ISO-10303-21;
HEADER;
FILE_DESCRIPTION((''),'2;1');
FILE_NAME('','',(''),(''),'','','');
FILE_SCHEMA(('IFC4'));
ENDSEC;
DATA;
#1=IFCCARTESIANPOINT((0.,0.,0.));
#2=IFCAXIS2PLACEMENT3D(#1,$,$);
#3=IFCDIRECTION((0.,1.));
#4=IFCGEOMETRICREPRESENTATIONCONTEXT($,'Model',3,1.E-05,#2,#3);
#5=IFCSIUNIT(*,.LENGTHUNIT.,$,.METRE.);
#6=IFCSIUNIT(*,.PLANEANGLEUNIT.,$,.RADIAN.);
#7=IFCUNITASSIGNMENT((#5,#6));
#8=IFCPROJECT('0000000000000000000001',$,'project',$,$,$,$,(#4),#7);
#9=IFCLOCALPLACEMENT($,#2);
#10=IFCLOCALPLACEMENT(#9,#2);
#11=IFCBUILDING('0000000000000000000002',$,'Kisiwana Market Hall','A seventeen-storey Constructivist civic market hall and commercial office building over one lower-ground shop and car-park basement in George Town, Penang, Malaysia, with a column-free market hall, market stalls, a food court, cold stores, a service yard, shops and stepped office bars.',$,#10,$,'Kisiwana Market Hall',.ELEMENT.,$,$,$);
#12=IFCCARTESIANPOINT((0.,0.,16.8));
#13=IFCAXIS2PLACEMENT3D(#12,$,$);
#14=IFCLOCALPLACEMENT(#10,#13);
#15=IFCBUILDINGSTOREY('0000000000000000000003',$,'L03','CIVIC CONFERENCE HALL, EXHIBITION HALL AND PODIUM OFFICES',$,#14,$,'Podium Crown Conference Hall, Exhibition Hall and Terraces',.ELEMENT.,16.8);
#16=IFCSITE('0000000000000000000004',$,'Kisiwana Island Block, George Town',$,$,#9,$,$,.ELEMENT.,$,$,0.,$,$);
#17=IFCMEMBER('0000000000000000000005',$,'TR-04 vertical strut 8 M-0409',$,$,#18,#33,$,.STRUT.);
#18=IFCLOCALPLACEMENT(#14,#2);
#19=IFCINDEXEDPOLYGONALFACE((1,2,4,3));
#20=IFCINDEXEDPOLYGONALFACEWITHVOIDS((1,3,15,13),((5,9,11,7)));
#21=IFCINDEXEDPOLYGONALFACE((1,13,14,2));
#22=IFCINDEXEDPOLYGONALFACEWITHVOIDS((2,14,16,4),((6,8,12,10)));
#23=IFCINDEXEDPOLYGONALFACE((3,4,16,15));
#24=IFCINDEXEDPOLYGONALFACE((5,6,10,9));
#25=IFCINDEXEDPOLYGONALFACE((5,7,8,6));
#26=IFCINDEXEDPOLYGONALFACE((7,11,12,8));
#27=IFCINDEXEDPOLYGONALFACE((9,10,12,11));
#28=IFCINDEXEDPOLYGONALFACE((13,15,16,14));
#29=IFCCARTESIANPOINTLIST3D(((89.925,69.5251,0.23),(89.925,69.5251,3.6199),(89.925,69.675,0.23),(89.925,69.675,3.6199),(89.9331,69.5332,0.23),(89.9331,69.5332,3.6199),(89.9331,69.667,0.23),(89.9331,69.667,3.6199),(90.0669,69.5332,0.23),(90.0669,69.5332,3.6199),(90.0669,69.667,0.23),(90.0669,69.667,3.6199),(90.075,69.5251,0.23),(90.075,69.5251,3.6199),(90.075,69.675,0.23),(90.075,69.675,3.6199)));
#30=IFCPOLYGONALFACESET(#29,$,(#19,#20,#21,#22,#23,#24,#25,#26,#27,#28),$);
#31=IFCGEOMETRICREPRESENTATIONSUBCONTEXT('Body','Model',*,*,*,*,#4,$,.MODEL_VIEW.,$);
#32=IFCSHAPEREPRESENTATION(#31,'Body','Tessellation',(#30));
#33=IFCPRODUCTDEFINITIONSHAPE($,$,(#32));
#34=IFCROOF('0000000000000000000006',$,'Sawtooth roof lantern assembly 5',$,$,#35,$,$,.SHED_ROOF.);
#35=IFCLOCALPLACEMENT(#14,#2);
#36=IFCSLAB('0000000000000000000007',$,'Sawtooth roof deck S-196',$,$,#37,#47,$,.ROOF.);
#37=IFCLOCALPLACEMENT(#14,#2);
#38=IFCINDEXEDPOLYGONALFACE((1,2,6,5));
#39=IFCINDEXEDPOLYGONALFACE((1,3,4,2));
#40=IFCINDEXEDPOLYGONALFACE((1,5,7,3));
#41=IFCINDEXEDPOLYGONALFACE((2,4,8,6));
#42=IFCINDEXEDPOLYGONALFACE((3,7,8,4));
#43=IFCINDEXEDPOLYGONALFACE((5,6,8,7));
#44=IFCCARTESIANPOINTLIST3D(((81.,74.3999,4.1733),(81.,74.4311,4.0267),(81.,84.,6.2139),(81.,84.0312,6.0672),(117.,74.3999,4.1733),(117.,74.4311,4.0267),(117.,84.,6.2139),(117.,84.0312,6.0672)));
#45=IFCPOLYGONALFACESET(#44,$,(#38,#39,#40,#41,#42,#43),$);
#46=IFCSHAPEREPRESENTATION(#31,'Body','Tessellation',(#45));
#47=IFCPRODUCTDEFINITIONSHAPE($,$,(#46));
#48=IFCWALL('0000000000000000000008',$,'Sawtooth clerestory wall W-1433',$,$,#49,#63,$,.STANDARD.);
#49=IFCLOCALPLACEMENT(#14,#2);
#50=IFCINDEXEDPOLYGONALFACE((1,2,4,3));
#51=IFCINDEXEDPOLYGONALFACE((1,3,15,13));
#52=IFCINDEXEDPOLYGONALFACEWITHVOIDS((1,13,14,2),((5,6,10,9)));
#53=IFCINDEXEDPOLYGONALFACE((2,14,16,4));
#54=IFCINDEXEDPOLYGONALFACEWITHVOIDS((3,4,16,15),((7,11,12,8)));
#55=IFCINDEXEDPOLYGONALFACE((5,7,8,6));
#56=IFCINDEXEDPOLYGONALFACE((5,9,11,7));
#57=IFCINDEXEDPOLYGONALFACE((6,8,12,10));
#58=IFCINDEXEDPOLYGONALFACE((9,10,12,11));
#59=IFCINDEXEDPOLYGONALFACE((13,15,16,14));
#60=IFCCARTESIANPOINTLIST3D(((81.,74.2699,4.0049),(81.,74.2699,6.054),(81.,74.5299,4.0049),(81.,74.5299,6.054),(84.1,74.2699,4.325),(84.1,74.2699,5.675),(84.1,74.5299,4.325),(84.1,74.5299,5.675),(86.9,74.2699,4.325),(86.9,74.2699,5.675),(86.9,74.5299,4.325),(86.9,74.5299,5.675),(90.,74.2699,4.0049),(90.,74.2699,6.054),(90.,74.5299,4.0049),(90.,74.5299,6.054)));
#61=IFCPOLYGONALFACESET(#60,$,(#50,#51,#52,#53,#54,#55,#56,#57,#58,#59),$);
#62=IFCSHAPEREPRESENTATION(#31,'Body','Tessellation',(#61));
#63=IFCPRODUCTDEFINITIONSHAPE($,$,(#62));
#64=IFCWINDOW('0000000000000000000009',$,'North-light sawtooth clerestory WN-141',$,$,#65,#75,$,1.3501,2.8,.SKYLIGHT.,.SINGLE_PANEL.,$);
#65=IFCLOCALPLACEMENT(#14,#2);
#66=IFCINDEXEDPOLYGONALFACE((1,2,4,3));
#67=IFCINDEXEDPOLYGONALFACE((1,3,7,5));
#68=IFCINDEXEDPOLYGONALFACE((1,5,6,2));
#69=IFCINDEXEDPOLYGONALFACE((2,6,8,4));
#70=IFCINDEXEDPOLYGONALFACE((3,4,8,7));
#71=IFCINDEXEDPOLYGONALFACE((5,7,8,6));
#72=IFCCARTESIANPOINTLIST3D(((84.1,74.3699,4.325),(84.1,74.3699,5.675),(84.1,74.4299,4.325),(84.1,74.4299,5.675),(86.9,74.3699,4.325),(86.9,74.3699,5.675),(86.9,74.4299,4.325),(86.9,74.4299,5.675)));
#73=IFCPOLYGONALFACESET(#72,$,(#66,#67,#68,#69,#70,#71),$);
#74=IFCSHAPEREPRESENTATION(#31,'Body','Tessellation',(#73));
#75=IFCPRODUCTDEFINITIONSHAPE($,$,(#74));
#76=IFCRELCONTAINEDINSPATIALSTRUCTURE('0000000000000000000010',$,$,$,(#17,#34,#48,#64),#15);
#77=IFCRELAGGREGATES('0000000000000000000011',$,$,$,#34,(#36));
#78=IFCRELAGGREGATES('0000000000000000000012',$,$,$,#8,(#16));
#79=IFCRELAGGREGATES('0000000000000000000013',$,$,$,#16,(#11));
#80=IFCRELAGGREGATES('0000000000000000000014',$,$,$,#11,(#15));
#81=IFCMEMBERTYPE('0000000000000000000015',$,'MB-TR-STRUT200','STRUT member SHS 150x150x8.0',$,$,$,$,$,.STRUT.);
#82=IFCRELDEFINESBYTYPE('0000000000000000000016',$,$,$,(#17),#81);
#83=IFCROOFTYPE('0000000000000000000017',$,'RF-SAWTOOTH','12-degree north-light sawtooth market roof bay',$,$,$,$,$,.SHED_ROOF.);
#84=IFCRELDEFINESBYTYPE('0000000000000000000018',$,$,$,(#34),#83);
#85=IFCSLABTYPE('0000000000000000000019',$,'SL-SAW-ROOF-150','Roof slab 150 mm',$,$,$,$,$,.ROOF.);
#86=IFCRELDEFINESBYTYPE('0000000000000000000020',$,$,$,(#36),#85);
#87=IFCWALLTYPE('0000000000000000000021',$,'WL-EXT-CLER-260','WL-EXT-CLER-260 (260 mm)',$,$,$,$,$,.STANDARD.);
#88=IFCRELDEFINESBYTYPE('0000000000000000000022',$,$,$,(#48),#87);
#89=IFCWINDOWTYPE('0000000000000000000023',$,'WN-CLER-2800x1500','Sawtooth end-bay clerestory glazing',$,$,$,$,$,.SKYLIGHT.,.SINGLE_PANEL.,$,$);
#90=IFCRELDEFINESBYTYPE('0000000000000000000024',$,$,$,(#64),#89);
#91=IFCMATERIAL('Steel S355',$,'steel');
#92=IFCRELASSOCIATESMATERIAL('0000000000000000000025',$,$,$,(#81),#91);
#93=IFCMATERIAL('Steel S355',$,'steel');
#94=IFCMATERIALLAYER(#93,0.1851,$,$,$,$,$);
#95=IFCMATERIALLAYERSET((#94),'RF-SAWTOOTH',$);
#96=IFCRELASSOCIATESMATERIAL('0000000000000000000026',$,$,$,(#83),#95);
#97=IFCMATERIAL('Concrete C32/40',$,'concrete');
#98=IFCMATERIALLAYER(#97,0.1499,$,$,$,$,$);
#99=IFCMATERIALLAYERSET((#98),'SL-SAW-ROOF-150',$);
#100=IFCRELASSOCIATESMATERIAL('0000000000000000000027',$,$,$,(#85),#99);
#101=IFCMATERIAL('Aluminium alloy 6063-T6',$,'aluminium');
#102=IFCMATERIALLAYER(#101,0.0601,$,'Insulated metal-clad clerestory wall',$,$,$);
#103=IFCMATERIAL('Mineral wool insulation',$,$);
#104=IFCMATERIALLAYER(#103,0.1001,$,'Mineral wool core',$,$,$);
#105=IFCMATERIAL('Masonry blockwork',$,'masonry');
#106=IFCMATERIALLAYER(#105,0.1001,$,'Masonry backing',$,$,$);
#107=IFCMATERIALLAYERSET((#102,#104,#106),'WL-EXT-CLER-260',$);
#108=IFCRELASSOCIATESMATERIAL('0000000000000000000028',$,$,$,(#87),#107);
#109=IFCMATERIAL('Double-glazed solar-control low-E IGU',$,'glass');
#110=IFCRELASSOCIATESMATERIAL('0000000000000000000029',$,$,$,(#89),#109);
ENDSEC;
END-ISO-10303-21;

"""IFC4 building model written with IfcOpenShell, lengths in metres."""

from ifc_helpers import new_model, si_unit, direction, frame, frame_2d, origin, origin_2d, place, context, subcontext, project, spatial, polyline, rectangle, hollow_rectangle, outline, extrude, material, layer, layer_set, material_profile, profile_set, type_object, element, fill, aggregate, save


model = new_model("IFC4")

# Units and contexts
model_context = context("Model", 3, precision=1e-05, world=origin(), true_north=direction((0.0, 1.0)))
body_context = subcontext(model_context, "Body", "Model", "MODEL_VIEW")
ifc_project = project(units=[si_unit("LENGTHUNIT", "METRE"), si_unit("PLANEANGLEUNIT", "RADIAN")], contexts=[model_context])

# Site, building, storey
site_placement = place(None, origin())
site = spatial("IfcSite", under=ifc_project, at=site_placement, Name="Kisiwana Island Block, George Town", CompositionType="ELEMENT", RefElevation=0.0)
building_placement = place(site_placement, origin())
building = spatial("IfcBuilding", under=site, at=building_placement, Name="Kisiwana Market Hall", Description="A seventeen-storey Constructivist civic market hall and commercial office building over one lower-ground shop and car-park basement in George Town, Penang, Malaysia, with a column-free market hall, market stalls, a food court, cold stores, a service yard, shops and stepped office bars.", LongName="Kisiwana Market Hall", CompositionType="ELEMENT")
storey_placement = place(building_placement, frame((0.0, 0.0, 16.8)))
storey = spatial("IfcBuildingStorey", under=building, at=storey_placement, Name="L03", Description="CIVIC CONFERENCE HALL, EXHIBITION HALL AND PODIUM OFFICES", LongName="Podium Crown Conference Hall, Exhibition Hall and Terraces", CompositionType="ELEMENT", Elevation=16.8)

# Member
ifc_material_1 = material(Name="Steel S355", Category="steel")
ifc_material_profile_1 = material_profile(ifc_material_1, hollow_rectangle(XDim=0.1499, YDim=0.1499, WallThickness=0.0081, at=origin_2d()), Name="SHS 150x150x8.0")
ifc_profile_set_1 = profile_set([ifc_material_profile_1], Name="Steel S355")
member_type_1 = type_object("IfcMemberType", Name="MB-TR-STRUT200", Description="STRUT member SHS 150x150x8.0", PredefinedType="STRUT", material=ifc_profile_set_1)
for number, where, z_axis, x_axis, name in (
    (1, (90.0, 69.6001, 0.23), (0.0, 0.0, 1.0), (1.0, 0.0, 0.0), "TR-04 vertical strut 8 M-0409"),
):
    element("IfcMember", number, at=place(storey_placement, frame(where, z_axis=z_axis, x_axis=x_axis)), inside=storey, type_object=member_type_1, Name=name, PredefinedType="STRUT", context=body_context, shape_type="SweptSolid", body=[
        extrude(hollow_rectangle(XDim=0.1499, YDim=0.1499, WallThickness=0.0081, at=origin_2d()), origin(), (0.0, 0.0, 1.0), 3.3899),
    ])

# Roof, slab
ifc_material_2 = material(Name="Steel S355", Category="steel")
ifc_layer_1 = layer(ifc_material_2, 0.1851)
ifc_layer_set_1 = layer_set([ifc_layer_1], Name="RF-SAWTOOTH")
roof_type = type_object("IfcRoofType", Name="RF-SAWTOOTH", Description="12-degree north-light sawtooth market roof bay", PredefinedType="SHED_ROOF", material=ifc_layer_set_1)
roof_placement = place(storey_placement, origin())
roof = element("IfcRoof", 2, at=roof_placement, inside=storey, type_object=roof_type, Name="Sawtooth roof lantern assembly 5", PredefinedType="SHED_ROOF")
ifc_material_3 = material(Name="Concrete C32/40", Category="concrete")
ifc_layer_2 = layer(ifc_material_3, 0.1499)
ifc_layer_set_2 = layer_set([ifc_layer_2], Name="SL-SAW-ROOF-150")
slab_type = type_object("IfcSlabType", Name="SL-SAW-ROOF-150", Description="Roof slab 150 mm", PredefinedType="ROOF", material=ifc_layer_set_2)
slab_placement = place(storey_placement, frame((81.0, 74.3999, 4.1733), z_axis=(0.0, -0.207908, 0.978148), x_axis=(1.0, 0.0, 0.0)))
slab = element("IfcSlab", 3, at=slab_placement, type_object=slab_type, Name="Sawtooth roof deck S-196", PredefinedType="ROOF", context=body_context, shape_type="SweptSolid", body=[
    extrude(outline(polyline([(0.0, 0.0), (36.0, 0.0), (36.0, 9.8146), (0.0, 9.8146), (0.0, 0.0)])), origin(), (0.0, 0.0, -1.0), 0.1499),
])
aggregate(roof, [slab])

# Wall, opening, window
ifc_material_4 = material(Name="Aluminium alloy 6063-T6", Category="aluminium")
ifc_layer_3 = layer(ifc_material_4, 0.0601, Name="Insulated metal-clad clerestory wall")
ifc_material_5 = material(Name="Mineral wool insulation")
ifc_layer_4 = layer(ifc_material_5, 0.1001, Name="Mineral wool core")
ifc_material_6 = material(Name="Masonry blockwork", Category="masonry")
ifc_layer_5 = layer(ifc_material_6, 0.1001, Name="Masonry backing")
ifc_layer_set_3 = layer_set([ifc_layer_3, ifc_layer_4, ifc_layer_5], Name="WL-EXT-CLER-260")
wall_type = type_object("IfcWallType", Name="WL-EXT-CLER-260", Description="WL-EXT-CLER-260 (260 mm)", PredefinedType="STANDARD", material=ifc_layer_set_3)
wall_placement = place(storey_placement, frame((81.0, 74.3999, 4.0049), z_axis=(0.0, 0.0, 1.0), x_axis=(1.0, 0.0, 0.0)))
wall = element("IfcWall", 4, at=wall_placement, inside=storey, type_object=wall_type, Name="Sawtooth clerestory wall W-1433", PredefinedType="STANDARD", context=body_context, shape_type="SweptSolid", body=[
    extrude(rectangle(XDim=9.0, YDim=0.26, at=frame_2d((4.5, 0.0))), origin(), (0.0, 0.0, 1.0), 2.0491),
])
opening_placement = place(wall_placement, frame((3.1001, 0.0, 0.3201)))
opening = element("IfcOpeningElement", 5, at=opening_placement, cuts=wall, PredefinedType="OPENING", context=body_context, shape_type="SweptSolid", body=[
    extrude(rectangle(XDim=2.8, YDim=1.3501, at=frame_2d((1.3999, 0.675))), frame((0.0, 0.1421, 0.0), z_axis=(0.0, -1.0, 0.0), x_axis=(1.0, 0.0, 0.0)), (0.0, 0.0, 1.0), 0.2839),
])
ifc_material_7 = material(Name="Double-glazed solar-control low-E IGU", Category="glass")
window_type = type_object("IfcWindowType", Name="WN-CLER-2800x1500", Description="Sawtooth end-bay clerestory glazing", PartitioningType="SINGLE_PANEL", PredefinedType="SKYLIGHT", material=ifc_material_7)
window_placement = place(opening_placement, origin())
window = element("IfcWindow", 6, at=window_placement, inside=storey, type_object=window_type, Name="North-light sawtooth clerestory WN-141", OverallHeight=1.3501, OverallWidth=2.8, PartitioningType="SINGLE_PANEL", PredefinedType="SKYLIGHT", context=body_context, shape_type="SweptSolid", body=[
    extrude(rectangle(XDim=2.8, YDim=1.3501, at=frame_2d((1.3999, 0.675))), frame((0.0, 0.03, 0.0), z_axis=(0.0, -1.0, 0.0), x_axis=(1.0, 0.0, 0.0)), (0.0, 0.0, 1.0), 0.0601),
])
fill(opening, window)

save(model, "model.ifc")
